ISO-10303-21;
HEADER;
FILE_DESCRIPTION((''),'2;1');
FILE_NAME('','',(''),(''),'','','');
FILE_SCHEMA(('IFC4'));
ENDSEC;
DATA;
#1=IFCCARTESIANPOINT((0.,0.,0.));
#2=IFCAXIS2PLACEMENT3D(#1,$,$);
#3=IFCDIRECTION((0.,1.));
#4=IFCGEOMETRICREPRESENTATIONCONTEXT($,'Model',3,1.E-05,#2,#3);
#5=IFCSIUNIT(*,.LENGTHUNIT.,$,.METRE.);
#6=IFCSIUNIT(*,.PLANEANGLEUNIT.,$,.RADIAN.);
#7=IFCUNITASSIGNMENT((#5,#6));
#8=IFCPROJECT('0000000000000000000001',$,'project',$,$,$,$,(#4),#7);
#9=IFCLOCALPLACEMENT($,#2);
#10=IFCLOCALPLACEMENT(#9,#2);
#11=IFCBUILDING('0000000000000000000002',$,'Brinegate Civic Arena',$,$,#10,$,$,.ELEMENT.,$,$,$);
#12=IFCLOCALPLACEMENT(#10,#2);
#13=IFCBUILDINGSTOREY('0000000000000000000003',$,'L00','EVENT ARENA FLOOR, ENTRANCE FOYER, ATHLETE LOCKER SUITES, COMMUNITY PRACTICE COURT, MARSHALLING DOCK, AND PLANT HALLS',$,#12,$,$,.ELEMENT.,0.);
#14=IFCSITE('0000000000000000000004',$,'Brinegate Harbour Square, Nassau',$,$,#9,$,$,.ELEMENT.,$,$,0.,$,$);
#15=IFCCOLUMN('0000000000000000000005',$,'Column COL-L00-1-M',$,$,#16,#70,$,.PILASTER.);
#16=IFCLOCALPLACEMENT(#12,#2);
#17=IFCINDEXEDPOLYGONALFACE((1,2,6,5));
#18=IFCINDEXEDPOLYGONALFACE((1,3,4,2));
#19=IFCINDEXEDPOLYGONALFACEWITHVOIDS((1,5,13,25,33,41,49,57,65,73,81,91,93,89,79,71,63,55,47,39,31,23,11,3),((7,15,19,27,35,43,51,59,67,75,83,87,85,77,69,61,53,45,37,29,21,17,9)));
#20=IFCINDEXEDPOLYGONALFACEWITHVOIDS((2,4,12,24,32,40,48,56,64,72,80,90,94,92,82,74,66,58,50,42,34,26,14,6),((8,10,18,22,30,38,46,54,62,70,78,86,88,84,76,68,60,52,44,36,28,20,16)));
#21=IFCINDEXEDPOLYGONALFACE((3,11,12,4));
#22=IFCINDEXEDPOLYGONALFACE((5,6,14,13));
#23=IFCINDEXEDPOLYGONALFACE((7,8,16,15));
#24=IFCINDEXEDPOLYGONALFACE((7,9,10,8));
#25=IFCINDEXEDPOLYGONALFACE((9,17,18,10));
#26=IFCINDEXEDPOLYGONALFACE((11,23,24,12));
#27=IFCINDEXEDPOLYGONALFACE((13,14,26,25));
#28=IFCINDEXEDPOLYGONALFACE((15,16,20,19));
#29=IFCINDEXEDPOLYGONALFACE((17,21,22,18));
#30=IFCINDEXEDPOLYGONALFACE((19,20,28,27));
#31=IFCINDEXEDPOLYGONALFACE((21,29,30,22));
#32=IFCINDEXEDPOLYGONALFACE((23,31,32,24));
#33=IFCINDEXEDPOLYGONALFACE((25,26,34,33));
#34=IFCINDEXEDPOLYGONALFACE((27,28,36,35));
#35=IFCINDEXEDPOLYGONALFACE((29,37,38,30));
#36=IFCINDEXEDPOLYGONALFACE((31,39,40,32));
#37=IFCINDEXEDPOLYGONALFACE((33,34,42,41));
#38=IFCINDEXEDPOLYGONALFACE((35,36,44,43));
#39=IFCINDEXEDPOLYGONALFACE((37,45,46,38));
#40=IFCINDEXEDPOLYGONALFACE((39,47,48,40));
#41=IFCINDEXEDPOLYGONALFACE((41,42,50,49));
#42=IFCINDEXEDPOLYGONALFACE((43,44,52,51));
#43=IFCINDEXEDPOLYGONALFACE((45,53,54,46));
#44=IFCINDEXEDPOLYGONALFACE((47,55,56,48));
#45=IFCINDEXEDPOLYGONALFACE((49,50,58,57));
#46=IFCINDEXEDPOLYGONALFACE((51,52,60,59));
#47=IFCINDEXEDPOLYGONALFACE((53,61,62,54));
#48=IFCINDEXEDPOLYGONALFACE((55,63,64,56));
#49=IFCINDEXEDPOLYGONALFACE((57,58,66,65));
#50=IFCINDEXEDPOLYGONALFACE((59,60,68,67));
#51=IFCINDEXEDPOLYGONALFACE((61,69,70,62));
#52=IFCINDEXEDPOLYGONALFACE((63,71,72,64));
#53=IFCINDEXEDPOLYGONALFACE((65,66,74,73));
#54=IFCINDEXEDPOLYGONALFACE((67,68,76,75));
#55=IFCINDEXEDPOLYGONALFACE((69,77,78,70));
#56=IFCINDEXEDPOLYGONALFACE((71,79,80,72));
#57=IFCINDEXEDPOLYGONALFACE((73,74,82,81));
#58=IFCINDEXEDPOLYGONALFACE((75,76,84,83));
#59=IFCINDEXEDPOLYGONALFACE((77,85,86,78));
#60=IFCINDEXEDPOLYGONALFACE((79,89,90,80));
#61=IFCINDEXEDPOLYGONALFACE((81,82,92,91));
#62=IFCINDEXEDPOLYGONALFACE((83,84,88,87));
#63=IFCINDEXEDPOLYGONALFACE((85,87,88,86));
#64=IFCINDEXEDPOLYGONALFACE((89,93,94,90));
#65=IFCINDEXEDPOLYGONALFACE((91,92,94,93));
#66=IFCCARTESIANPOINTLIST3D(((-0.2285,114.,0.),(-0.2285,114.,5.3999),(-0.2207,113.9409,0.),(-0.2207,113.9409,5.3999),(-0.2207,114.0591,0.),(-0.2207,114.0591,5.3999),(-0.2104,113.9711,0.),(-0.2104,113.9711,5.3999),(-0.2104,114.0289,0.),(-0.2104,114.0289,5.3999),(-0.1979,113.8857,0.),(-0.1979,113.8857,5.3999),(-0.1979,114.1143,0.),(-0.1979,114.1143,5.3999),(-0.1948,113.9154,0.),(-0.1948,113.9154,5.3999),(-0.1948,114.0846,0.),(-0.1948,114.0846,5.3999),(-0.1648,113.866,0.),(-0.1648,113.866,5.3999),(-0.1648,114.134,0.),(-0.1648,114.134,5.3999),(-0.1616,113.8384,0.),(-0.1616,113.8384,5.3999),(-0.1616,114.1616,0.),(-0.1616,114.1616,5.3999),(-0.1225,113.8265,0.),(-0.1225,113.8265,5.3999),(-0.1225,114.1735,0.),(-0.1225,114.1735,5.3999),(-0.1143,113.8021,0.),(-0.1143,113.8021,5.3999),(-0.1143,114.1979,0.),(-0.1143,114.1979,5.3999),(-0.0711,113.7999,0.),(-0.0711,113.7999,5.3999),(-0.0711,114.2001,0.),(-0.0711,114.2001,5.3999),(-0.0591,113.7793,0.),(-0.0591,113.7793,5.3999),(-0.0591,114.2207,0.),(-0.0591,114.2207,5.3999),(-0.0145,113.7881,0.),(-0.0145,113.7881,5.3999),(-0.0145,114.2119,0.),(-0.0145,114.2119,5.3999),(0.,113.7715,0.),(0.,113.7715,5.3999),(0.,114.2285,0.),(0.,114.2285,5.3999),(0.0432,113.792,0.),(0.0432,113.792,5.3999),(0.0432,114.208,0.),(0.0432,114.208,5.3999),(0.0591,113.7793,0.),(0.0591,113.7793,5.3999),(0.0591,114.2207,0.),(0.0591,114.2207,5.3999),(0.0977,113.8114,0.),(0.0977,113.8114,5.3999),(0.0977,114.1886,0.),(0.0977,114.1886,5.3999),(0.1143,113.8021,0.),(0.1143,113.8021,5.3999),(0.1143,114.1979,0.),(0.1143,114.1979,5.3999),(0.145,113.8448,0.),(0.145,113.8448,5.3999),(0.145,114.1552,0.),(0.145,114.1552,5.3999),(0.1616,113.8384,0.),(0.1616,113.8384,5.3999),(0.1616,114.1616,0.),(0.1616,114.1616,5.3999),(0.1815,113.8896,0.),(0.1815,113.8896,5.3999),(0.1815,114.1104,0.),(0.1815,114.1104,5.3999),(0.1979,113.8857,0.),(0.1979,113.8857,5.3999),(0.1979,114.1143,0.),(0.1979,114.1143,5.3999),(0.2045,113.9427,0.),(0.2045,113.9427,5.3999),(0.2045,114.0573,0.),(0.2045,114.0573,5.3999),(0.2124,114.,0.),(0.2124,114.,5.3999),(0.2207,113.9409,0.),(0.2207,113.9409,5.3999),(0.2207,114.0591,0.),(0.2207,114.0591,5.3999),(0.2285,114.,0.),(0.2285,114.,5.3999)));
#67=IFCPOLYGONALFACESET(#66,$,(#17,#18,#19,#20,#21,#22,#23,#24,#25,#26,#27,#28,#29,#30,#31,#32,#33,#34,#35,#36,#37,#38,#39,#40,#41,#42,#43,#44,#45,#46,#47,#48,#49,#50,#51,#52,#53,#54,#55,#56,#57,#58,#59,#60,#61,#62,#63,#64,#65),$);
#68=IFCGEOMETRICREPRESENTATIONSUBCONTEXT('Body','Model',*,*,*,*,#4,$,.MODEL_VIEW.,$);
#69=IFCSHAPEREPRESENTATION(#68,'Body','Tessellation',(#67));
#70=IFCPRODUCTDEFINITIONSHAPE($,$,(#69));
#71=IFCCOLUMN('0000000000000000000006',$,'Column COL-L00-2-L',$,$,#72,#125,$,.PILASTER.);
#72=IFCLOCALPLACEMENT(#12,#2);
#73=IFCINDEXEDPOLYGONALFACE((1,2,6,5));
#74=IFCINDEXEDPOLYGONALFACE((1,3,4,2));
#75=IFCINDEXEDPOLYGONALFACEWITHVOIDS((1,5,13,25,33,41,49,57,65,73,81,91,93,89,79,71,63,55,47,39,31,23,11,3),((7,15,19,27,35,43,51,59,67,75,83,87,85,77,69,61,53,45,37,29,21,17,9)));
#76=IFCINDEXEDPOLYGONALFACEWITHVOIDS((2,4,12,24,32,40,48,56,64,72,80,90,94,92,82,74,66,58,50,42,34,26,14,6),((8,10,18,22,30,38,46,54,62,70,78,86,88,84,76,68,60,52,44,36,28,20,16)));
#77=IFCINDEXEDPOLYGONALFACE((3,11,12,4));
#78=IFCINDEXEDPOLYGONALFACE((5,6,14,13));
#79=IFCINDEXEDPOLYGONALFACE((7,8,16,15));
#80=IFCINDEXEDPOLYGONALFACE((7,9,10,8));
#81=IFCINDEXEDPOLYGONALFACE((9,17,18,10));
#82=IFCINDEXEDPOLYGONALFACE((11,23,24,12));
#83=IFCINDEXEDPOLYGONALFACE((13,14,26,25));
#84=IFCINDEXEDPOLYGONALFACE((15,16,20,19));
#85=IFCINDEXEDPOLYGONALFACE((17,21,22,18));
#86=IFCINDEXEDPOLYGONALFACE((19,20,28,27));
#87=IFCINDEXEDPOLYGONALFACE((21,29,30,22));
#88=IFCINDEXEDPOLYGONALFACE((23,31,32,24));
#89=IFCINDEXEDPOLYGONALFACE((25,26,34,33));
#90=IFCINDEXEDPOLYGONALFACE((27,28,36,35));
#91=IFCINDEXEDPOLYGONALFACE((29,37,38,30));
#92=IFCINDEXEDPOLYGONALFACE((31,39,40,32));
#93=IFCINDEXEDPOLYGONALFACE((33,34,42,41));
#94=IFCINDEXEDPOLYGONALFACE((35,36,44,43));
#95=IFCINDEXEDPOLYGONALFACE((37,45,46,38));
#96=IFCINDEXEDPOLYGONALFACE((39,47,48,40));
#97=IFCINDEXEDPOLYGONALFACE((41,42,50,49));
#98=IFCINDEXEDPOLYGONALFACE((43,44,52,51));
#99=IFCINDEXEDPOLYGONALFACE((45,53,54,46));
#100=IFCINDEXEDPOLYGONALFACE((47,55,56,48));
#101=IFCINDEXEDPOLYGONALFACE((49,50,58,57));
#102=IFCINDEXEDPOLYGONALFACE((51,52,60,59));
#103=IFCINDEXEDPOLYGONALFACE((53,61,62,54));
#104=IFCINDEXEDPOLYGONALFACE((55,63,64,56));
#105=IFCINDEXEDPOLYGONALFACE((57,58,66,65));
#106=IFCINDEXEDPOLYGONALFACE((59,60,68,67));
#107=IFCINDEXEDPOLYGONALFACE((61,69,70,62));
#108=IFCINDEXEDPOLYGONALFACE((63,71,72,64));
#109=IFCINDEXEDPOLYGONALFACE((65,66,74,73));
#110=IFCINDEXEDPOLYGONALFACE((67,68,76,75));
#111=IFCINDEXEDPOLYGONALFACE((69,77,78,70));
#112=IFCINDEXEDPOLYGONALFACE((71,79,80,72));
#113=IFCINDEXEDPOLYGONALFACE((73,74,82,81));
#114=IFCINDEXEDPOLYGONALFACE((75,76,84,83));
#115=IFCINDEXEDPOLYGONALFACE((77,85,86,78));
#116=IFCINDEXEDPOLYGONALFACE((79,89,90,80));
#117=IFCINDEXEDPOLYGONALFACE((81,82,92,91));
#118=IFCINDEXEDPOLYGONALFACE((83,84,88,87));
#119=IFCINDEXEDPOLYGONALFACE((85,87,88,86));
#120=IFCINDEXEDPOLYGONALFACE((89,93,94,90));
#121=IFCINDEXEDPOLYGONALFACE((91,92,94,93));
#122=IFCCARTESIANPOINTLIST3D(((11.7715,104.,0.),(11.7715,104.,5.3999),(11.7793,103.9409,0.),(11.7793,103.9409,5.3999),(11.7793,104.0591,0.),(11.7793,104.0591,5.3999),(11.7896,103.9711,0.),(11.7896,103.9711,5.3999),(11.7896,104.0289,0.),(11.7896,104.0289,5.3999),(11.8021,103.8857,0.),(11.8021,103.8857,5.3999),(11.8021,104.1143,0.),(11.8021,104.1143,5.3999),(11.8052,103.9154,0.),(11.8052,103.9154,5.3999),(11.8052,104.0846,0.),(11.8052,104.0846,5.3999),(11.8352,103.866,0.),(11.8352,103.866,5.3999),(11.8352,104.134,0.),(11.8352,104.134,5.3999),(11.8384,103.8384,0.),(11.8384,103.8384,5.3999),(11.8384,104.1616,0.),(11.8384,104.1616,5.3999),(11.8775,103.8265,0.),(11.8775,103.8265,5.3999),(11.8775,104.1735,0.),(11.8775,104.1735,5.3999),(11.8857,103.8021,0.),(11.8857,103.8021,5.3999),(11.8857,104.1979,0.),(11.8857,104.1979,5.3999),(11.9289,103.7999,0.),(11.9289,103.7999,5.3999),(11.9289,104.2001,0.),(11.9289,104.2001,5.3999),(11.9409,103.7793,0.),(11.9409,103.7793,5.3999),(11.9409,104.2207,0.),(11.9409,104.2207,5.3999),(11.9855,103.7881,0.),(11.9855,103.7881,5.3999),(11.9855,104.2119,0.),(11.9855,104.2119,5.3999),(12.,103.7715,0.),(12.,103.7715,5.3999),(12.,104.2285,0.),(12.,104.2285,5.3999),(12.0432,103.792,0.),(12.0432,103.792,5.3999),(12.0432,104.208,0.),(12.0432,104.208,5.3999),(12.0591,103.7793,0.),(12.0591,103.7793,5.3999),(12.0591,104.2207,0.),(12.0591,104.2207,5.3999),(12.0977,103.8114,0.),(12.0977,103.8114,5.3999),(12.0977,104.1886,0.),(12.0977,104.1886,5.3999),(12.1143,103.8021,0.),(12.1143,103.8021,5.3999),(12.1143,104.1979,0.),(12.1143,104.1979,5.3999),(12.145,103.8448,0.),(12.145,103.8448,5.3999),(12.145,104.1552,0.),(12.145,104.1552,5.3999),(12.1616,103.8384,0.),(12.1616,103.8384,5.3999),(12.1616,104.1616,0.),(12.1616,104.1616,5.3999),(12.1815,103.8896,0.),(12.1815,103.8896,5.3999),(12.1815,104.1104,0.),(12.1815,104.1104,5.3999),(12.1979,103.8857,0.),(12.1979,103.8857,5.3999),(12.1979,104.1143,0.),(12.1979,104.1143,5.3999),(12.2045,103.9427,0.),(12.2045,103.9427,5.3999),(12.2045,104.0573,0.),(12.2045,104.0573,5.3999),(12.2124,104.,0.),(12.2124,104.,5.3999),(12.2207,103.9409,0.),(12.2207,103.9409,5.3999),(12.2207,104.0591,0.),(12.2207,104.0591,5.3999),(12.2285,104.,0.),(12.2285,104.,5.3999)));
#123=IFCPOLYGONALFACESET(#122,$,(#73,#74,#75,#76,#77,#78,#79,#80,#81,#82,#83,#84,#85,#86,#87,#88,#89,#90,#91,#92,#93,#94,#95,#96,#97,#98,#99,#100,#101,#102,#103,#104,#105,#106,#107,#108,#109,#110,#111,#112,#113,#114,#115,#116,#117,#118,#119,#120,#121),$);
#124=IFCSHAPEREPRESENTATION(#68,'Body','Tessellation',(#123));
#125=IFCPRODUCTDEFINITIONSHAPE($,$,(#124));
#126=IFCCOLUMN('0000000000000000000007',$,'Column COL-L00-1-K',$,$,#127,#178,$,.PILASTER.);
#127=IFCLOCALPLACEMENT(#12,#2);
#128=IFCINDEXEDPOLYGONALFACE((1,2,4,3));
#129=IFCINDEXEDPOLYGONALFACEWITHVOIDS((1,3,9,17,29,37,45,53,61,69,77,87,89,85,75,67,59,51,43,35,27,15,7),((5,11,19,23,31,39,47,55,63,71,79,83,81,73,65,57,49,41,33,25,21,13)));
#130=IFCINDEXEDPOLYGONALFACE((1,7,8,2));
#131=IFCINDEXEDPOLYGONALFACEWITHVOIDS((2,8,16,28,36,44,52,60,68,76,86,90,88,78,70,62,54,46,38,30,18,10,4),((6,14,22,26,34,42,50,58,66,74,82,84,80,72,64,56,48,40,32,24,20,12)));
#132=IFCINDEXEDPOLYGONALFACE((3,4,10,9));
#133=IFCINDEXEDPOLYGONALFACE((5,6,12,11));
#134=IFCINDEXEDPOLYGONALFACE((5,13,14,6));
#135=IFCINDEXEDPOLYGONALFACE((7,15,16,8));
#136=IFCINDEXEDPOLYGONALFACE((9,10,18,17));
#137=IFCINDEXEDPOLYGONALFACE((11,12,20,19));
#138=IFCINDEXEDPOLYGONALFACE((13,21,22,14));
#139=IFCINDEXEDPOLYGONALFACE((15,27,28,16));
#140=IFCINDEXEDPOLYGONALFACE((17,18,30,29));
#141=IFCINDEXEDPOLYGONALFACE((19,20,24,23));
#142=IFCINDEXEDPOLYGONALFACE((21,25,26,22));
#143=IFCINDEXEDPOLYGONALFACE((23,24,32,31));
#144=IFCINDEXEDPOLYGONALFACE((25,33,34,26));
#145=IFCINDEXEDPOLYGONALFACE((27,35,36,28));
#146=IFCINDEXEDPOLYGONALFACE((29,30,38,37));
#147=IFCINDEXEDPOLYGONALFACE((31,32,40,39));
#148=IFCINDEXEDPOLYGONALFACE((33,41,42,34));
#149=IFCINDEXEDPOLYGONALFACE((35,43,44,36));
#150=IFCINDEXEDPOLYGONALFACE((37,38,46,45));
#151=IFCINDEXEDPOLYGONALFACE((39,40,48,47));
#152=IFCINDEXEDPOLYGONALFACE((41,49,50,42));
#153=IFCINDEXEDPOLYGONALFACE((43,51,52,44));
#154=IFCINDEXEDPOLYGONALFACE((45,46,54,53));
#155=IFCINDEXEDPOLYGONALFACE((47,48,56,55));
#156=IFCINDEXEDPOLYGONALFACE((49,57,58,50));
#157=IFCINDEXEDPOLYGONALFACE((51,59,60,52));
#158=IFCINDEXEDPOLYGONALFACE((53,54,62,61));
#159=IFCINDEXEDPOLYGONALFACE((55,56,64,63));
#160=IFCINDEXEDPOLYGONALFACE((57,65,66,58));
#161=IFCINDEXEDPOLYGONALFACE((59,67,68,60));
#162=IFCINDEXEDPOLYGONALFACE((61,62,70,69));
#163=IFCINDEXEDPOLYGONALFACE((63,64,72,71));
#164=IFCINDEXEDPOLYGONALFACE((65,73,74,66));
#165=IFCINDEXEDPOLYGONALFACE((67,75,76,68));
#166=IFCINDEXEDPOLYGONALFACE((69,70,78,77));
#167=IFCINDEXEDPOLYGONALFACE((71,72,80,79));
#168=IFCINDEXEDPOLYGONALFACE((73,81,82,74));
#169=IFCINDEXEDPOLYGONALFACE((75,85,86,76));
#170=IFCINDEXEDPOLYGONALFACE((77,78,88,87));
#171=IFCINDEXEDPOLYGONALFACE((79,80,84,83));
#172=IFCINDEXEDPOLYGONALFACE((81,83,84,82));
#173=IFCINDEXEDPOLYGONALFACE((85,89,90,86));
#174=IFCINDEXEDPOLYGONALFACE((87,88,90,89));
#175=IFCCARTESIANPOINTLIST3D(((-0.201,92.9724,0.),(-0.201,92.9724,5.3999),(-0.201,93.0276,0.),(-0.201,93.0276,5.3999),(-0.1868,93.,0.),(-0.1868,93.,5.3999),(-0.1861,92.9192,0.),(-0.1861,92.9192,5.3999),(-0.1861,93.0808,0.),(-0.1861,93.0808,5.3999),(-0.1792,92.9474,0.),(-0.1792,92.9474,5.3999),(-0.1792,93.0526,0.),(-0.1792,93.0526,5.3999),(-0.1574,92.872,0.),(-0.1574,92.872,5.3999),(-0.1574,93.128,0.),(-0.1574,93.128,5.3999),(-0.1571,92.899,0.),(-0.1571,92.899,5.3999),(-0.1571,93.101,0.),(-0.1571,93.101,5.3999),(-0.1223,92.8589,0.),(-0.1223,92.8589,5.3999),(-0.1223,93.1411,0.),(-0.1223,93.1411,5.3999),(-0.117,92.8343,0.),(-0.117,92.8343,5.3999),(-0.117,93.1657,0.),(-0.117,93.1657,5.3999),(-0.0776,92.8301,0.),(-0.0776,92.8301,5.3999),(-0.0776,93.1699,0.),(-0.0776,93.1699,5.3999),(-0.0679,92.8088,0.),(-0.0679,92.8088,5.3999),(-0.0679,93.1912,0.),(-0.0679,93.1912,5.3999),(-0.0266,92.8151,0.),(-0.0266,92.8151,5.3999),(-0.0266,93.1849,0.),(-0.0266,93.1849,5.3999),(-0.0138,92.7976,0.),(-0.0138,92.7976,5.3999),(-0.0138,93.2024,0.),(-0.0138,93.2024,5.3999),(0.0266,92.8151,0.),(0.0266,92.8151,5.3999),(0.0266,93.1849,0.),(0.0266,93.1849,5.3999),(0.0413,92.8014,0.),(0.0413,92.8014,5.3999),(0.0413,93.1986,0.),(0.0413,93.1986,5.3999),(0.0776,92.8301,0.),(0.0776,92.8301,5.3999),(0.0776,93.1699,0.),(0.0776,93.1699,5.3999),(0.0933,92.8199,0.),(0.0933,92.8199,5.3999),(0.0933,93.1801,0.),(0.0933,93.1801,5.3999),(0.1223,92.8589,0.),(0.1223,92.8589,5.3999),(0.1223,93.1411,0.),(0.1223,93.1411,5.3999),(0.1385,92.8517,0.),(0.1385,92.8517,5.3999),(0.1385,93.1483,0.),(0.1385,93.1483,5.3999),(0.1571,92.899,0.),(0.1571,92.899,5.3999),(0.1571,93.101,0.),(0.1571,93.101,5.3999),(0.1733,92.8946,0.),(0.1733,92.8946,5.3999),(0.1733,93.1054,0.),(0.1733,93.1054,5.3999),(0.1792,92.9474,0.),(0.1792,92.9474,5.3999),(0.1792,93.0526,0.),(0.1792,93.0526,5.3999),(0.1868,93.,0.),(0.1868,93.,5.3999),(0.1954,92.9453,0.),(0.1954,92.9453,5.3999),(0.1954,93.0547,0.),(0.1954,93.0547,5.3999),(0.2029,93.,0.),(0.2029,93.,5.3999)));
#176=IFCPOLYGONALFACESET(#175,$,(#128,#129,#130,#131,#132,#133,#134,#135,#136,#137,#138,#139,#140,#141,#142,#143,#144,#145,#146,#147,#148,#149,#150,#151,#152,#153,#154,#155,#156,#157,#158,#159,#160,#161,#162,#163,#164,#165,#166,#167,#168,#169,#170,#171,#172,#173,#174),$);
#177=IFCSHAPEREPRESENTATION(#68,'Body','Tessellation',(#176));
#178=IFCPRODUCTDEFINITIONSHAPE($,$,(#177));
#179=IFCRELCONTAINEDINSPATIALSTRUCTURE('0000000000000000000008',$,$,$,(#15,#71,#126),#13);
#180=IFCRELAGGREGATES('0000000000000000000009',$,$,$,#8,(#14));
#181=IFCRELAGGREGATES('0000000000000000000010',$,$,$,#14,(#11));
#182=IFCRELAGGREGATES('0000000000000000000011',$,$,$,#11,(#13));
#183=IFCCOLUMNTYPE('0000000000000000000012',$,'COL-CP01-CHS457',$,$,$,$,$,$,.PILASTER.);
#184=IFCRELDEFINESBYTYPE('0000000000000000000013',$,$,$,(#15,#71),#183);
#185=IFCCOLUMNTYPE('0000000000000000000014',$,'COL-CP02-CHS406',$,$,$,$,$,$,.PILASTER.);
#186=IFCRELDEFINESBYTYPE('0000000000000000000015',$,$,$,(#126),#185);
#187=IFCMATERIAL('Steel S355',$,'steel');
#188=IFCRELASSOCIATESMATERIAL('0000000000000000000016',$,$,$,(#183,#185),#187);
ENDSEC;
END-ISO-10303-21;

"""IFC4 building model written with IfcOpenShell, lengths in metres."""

from ifc_helpers import new_model, si_unit, direction, frame, origin, origin_2d, place, context, subcontext, project, spatial, hollow_circle, extrude, material, material_profile, profile_set, type_object, element, save


model = new_model("IFC4")

# Units and contexts
model_context = context("Model", 3, precision=1e-05, world=origin(), true_north=direction((0.0, 1.0)))
body_context = subcontext(model_context, "Body", "Model", "MODEL_VIEW")
ifc_project = project(units=[si_unit("LENGTHUNIT", "METRE"), si_unit("PLANEANGLEUNIT", "RADIAN")], contexts=[model_context])

# Site, building, storey
site_placement = place(None, origin())
site = spatial("IfcSite", under=ifc_project, at=site_placement, Name="Brinegate Harbour Square, Nassau", CompositionType="ELEMENT", RefElevation=0.0)
building_placement = place(site_placement, origin())
building = spatial("IfcBuilding", under=site, at=building_placement, Name="Brinegate Civic Arena", CompositionType="ELEMENT")
storey_placement = place(building_placement, origin())
storey = spatial("IfcBuildingStorey", under=building, at=storey_placement, Name="L00", Description="EVENT ARENA FLOOR, ENTRANCE FOYER, ATHLETE LOCKER SUITES, COMMUNITY PRACTICE COURT, MARSHALLING DOCK, AND PLANT HALLS", CompositionType="ELEMENT", Elevation=0.0)

# Columns
ifc_material_1 = material(Name="Steel S355", Category="steel")
ifc_material_profile_1 = material_profile(ifc_material_1, hollow_circle(Radius=0.2285, WallThickness=0.0161, at=origin_2d()), Name="CHS457X16")
ifc_profile_set_1 = profile_set([ifc_material_profile_1], Name="Steel S355")
column_type_1 = type_object("IfcColumnType", Name="COL-CP01-CHS457", PredefinedType="PILASTER", material=ifc_profile_set_1)
for number, where, z_axis, x_axis, name in (
    (1, (0.0, 114.0, 0.0), (0.0, 0.0, 1.0), (1.0, 0.0, 0.0), "Column COL-L00-1-M"),
    (2, (12.0, 104.0, 0.0), (0.0, 0.0, 1.0), (1.0, 0.0, 0.0), "Column COL-L00-2-L"),
):
    element("IfcColumn", number, at=place(storey_placement, frame(where, z_axis=z_axis, x_axis=x_axis)), inside=storey, type_object=column_type_1, Name=name, PredefinedType="PILASTER", context=body_context, shape_type="SweptSolid", body=[
        extrude(hollow_circle(Radius=0.2285, WallThickness=0.0161, at=origin_2d()), origin(), (0.0, 0.0, 1.0), 5.3999),
    ])
ifc_material_profile_2 = material_profile(ifc_material_1, hollow_circle(Radius=0.2029, WallThickness=0.0161, at=origin_2d()), Name="CHS406X16")
ifc_profile_set_2 = profile_set([ifc_material_profile_2], Name="Steel S355")
column_type_2 = type_object("IfcColumnType", Name="COL-CP02-CHS406", PredefinedType="PILASTER", material=ifc_profile_set_2)
for number, where, z_axis, x_axis, name in (
    (3, (0.0, 93.0, 0.0), (0.0, 0.0, 1.0), (1.0, 0.0, 0.0), "Column COL-L00-1-K"),
):
    element("IfcColumn", number, at=place(storey_placement, frame(where, z_axis=z_axis, x_axis=x_axis)), inside=storey, type_object=column_type_2, Name=name, PredefinedType="PILASTER", context=body_context, shape_type="SweptSolid", body=[
        extrude(hollow_circle(Radius=0.2029, WallThickness=0.0161, at=origin_2d()), origin(), (0.0, 0.0, 1.0), 5.3999),
    ])

save(model, "model.ifc")
